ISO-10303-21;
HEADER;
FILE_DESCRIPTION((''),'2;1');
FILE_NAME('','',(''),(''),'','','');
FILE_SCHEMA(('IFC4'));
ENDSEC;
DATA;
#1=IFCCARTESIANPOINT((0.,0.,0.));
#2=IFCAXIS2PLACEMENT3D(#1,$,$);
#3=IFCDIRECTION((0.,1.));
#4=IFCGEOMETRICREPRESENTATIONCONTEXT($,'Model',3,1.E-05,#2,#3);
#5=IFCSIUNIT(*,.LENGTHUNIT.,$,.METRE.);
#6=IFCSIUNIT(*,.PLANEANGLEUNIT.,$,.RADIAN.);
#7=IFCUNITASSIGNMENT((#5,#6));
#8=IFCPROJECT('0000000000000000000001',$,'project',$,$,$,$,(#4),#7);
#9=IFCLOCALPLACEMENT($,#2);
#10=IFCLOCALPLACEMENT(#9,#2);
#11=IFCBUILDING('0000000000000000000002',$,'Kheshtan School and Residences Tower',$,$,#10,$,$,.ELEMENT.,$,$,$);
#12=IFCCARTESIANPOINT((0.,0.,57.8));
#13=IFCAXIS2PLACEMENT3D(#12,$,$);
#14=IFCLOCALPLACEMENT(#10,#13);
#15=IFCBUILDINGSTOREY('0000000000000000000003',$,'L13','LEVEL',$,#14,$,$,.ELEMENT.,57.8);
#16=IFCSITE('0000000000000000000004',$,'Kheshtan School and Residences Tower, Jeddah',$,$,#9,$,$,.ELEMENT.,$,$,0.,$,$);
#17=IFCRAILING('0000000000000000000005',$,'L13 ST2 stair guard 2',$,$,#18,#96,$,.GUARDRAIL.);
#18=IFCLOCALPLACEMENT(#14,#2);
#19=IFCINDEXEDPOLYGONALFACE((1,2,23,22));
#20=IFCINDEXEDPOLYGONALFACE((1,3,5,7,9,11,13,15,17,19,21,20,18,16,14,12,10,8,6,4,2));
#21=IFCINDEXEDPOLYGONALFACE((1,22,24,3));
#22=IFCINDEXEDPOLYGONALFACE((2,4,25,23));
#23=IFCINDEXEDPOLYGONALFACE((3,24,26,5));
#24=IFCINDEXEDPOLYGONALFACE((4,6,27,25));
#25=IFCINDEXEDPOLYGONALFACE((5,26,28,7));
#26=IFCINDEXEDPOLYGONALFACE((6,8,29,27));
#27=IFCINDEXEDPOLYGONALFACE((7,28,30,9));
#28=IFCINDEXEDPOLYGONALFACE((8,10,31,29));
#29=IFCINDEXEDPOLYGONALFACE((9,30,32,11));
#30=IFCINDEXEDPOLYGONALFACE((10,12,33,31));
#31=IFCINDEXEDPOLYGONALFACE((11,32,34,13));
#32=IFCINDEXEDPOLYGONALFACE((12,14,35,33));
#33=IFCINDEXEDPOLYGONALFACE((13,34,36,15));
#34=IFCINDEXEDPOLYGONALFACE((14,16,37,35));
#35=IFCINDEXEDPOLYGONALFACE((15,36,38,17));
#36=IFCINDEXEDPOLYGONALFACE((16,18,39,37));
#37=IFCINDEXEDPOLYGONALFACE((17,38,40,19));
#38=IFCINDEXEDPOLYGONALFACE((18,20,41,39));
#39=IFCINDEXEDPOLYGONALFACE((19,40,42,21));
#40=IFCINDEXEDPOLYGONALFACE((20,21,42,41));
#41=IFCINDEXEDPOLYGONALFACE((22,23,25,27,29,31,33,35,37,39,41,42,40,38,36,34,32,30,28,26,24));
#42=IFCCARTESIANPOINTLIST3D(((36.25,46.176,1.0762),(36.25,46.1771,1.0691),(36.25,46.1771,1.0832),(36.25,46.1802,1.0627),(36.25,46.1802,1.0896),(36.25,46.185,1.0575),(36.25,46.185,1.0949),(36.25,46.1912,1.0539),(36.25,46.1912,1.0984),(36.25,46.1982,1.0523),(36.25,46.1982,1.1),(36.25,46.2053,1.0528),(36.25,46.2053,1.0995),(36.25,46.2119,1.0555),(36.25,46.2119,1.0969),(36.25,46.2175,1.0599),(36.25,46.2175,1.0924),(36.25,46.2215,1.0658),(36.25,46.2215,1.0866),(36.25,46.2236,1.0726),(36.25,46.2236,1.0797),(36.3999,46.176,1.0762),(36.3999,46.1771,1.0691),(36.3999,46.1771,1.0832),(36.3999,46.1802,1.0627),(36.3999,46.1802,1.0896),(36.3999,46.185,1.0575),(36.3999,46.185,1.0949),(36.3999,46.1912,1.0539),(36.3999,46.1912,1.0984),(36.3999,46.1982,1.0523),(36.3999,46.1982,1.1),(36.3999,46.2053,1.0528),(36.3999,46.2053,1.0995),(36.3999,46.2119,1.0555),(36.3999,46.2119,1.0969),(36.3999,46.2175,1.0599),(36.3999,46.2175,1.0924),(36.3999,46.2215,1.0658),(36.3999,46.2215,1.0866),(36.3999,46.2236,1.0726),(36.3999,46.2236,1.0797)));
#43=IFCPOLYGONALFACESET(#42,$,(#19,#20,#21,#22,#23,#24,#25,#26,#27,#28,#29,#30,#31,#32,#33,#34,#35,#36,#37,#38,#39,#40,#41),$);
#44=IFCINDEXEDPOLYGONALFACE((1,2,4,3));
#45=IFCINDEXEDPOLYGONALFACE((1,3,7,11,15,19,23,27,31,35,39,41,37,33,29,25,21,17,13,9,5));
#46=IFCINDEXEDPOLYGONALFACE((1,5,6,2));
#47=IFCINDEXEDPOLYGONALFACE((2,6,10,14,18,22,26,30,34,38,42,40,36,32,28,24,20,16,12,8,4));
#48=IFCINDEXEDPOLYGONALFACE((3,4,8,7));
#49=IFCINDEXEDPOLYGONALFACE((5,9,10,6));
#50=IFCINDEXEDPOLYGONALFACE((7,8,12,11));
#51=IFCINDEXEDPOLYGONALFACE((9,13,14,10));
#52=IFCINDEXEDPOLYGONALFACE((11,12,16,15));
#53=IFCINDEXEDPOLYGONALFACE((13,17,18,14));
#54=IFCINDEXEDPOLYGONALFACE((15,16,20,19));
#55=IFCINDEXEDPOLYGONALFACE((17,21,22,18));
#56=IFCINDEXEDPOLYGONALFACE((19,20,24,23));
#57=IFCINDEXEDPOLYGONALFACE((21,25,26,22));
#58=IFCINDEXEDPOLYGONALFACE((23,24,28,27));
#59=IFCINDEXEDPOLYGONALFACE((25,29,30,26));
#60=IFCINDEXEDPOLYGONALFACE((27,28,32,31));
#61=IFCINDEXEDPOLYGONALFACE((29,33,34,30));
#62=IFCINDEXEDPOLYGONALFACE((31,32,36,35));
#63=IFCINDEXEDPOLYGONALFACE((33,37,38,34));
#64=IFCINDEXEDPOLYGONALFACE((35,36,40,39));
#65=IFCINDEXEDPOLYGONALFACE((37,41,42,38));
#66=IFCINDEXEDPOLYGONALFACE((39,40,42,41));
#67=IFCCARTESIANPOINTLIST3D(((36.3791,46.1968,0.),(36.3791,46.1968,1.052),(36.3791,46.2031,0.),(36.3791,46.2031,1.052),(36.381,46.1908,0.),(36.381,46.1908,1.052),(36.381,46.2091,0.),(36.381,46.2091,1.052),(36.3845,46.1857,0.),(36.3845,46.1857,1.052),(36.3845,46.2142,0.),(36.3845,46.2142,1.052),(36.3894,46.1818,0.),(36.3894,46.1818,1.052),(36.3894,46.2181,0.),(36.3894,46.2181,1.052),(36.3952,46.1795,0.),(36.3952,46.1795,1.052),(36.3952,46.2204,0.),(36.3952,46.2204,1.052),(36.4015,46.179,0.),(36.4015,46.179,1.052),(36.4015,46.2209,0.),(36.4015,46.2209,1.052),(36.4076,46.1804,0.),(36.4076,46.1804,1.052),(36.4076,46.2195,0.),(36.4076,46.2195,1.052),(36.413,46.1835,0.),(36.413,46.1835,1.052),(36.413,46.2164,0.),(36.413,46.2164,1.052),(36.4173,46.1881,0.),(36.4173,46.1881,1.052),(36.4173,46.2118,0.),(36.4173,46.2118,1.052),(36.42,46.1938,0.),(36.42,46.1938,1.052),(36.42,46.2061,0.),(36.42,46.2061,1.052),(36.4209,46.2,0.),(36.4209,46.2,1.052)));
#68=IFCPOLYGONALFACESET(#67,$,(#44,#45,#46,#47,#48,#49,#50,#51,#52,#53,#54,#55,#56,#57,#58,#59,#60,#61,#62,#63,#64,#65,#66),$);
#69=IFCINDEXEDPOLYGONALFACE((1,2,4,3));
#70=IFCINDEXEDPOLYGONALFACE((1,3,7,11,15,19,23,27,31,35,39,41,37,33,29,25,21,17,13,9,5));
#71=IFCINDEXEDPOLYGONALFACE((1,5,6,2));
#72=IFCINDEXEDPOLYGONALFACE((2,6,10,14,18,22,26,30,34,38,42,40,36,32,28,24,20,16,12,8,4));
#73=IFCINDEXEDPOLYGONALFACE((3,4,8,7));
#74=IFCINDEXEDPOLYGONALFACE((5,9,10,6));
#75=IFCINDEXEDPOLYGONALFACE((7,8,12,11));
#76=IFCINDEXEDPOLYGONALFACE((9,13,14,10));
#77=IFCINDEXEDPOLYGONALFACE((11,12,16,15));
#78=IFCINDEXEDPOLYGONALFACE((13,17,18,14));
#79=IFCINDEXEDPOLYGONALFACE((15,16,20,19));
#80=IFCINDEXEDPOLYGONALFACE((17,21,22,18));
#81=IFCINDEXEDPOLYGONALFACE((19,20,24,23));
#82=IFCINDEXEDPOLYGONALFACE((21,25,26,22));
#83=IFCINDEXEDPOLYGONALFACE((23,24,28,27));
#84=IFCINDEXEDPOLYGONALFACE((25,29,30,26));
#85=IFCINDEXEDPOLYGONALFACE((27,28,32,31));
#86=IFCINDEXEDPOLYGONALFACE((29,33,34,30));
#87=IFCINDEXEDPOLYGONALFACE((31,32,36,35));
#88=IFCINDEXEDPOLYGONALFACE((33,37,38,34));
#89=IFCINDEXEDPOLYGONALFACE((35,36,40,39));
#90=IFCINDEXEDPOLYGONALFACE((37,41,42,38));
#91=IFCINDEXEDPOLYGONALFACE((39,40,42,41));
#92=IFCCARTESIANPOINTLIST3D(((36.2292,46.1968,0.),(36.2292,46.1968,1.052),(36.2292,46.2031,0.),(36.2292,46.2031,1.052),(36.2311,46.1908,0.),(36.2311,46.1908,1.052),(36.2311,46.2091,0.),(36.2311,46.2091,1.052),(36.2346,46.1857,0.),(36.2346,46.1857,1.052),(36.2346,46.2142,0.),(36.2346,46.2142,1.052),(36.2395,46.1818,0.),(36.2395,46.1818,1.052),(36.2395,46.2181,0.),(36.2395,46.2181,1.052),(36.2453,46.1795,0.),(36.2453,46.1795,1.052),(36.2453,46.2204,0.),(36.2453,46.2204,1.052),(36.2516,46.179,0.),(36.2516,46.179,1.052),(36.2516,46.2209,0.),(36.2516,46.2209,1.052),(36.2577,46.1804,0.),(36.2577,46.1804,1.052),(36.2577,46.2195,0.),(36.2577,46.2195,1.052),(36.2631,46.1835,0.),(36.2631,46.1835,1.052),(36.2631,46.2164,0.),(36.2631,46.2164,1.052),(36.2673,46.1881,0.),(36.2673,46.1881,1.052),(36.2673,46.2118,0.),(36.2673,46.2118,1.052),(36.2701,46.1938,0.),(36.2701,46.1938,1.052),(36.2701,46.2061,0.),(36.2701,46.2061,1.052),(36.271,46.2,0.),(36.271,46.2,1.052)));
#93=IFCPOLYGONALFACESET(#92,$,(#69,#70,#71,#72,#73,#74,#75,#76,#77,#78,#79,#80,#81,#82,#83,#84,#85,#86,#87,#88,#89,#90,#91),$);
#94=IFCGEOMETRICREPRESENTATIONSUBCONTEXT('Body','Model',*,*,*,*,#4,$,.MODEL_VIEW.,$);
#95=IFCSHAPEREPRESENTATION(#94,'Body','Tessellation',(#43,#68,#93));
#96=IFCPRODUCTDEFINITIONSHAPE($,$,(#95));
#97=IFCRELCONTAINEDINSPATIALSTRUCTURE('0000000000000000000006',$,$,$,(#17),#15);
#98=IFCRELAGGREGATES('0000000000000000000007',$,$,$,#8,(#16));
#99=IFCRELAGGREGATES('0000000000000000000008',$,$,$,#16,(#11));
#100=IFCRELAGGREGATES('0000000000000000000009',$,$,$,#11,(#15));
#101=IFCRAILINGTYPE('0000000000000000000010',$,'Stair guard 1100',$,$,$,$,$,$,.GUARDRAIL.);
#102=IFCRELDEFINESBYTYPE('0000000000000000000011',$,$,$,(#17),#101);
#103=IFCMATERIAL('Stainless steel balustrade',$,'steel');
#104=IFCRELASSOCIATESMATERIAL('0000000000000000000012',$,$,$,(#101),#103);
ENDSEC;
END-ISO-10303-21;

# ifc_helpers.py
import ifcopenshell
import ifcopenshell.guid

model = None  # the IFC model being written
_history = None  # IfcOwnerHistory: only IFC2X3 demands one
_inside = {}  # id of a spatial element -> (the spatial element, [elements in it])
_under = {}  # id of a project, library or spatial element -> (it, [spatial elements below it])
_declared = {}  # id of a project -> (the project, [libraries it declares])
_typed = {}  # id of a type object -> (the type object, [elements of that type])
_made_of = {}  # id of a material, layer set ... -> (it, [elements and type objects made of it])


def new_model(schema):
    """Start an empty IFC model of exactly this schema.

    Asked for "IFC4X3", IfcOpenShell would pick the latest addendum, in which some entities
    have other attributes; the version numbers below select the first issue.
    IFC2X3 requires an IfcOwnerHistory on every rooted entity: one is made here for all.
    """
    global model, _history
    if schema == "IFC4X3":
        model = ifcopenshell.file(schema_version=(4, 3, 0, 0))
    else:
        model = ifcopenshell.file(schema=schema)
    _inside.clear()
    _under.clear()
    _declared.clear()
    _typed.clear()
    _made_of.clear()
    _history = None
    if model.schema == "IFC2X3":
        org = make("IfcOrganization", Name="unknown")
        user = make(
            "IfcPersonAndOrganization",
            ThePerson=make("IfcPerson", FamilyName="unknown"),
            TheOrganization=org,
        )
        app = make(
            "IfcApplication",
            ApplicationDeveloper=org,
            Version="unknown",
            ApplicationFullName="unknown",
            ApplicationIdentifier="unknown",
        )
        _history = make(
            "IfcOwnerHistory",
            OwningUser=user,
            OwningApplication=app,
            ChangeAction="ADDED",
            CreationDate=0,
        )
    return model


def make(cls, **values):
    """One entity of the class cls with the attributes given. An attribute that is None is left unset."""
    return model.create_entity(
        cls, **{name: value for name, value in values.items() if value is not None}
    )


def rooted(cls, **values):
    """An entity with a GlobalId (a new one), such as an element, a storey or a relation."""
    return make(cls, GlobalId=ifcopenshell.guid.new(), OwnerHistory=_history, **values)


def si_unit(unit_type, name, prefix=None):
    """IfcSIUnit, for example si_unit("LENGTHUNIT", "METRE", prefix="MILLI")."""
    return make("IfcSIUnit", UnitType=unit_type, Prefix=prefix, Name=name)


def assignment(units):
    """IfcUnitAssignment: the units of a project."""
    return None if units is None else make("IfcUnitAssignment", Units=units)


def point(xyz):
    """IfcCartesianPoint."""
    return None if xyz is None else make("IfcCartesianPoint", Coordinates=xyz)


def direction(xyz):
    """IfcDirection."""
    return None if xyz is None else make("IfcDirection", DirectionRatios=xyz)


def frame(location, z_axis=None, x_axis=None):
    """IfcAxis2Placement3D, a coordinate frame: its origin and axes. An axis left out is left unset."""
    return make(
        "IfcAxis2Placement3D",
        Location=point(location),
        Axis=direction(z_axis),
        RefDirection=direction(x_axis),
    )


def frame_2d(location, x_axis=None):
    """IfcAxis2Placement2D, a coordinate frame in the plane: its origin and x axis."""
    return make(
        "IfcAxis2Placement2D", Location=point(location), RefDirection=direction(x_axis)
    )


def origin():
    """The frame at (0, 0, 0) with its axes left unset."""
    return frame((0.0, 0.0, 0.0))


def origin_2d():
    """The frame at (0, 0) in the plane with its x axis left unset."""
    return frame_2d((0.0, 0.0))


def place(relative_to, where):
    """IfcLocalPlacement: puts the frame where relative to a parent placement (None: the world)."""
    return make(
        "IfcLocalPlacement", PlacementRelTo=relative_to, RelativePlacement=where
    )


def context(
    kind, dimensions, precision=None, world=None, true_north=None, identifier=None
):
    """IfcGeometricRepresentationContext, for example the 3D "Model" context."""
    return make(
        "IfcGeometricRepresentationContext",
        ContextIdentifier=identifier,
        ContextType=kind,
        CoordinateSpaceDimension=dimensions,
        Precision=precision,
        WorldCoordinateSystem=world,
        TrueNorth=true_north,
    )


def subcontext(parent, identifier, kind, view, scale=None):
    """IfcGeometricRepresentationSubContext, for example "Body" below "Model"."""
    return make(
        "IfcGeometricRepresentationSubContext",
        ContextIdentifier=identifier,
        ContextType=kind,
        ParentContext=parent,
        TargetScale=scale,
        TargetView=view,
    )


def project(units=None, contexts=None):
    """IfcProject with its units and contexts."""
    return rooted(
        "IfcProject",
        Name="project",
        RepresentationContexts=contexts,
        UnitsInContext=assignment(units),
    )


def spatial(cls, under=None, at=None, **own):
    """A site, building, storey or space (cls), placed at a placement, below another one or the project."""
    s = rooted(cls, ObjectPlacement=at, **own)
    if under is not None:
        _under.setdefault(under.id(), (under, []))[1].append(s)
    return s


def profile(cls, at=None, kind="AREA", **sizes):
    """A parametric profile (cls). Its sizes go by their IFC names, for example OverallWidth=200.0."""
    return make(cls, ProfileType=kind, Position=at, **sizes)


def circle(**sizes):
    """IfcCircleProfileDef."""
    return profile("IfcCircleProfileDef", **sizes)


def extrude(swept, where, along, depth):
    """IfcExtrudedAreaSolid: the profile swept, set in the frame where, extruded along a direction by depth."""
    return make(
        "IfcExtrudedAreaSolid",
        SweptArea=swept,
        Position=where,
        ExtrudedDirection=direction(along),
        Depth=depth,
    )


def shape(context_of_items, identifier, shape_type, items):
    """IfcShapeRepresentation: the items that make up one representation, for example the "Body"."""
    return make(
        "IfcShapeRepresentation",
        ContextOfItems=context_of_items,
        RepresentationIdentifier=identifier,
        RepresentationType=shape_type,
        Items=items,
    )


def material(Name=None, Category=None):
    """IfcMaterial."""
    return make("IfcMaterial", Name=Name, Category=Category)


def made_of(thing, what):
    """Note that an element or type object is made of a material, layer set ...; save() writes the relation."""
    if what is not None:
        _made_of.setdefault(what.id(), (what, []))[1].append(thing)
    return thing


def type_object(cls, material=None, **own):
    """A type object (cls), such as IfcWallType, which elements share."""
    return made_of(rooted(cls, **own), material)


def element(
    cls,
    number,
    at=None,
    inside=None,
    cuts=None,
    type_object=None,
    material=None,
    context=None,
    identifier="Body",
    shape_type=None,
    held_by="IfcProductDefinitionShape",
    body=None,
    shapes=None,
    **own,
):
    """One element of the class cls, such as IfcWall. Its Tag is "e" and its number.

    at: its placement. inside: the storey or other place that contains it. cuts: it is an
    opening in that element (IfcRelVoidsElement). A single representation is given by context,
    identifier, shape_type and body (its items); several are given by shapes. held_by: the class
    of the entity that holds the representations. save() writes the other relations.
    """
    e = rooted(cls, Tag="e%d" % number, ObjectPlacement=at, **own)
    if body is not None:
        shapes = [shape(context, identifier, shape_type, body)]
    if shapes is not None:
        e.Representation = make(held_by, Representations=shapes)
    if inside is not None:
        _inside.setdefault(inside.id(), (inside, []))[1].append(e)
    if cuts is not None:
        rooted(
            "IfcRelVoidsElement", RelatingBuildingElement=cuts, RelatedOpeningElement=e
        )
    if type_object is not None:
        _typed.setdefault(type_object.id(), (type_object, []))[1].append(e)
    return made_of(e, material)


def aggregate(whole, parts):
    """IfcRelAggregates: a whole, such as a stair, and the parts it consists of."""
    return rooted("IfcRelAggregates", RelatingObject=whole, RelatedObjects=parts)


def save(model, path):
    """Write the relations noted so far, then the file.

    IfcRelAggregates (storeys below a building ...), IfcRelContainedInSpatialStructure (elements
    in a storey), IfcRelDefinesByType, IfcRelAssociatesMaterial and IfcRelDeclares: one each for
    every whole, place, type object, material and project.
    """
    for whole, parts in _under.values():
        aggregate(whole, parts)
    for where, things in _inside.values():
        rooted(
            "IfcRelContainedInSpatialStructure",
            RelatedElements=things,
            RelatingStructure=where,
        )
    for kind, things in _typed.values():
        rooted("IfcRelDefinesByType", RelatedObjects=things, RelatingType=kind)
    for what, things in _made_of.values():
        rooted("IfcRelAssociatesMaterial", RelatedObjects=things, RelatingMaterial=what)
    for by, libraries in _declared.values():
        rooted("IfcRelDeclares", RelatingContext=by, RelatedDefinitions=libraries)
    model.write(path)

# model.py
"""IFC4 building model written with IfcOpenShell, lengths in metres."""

from ifc_helpers import new_model, si_unit, direction, frame, origin, origin_2d, place, context, subcontext, project, spatial, circle, extrude, material, type_object, element, save


model = new_model("IFC4")

# Units and contexts
model_context = context("Model", 3, precision=1e-05, world=origin(), true_north=direction((0.0, 1.0)))
body_context = subcontext(model_context, "Body", "Model", "MODEL_VIEW")
ifc_project = project(units=[si_unit("LENGTHUNIT", "METRE"), si_unit("PLANEANGLEUNIT", "RADIAN")], contexts=[model_context])

# Site, building, storey
site_placement = place(None, origin())
site = spatial("IfcSite", under=ifc_project, at=site_placement, Name="Kheshtan School and Residences Tower, Jeddah", CompositionType="ELEMENT", RefElevation=0.0)
building_placement = place(site_placement, origin())
building = spatial("IfcBuilding", under=site, at=building_placement, Name="Kheshtan School and Residences Tower", CompositionType="ELEMENT")
storey_placement = place(building_placement, frame((0.0, 0.0, 57.8)))
storey = spatial("IfcBuildingStorey", under=building, at=storey_placement, Name="L13", Description="LEVEL", CompositionType="ELEMENT", Elevation=57.8)

# Railing
ifc_material_1 = material(Name="Stainless steel balustrade", Category="steel")
railing_type_1 = type_object("IfcRailingType", Name="Stair guard 1100", PredefinedType="GUARDRAIL", material=ifc_material_1)
railing_1_placement = place(storey_placement, frame((36.3999, 46.2, 0.0)))
element("IfcRailing", 1, at=railing_1_placement, inside=storey, type_object=railing_type_1, Name="L13 ST2 stair guard 2", PredefinedType="GUARDRAIL", context=body_context, shape_type="SweptSolid", body=[
    extrude(circle(Radius=0.0239, at=origin_2d()), frame((0.0, 0.0, 1.0762), z_axis=(-1.0, 0.0, 0.0), x_axis=(0.0, -1.0, 0.0)), (0.0, 0.0, 1.0), 0.1499),
    extrude(circle(Radius=0.021, at=origin_2d()), origin(), (0.0, 0.0, 1.0), 1.052),
    extrude(circle(Radius=0.021, at=origin_2d()), frame((-0.1499, 0.0, 0.0)), (0.0, 0.0, 1.0), 1.052),
])

save(model, "model.ifc")
